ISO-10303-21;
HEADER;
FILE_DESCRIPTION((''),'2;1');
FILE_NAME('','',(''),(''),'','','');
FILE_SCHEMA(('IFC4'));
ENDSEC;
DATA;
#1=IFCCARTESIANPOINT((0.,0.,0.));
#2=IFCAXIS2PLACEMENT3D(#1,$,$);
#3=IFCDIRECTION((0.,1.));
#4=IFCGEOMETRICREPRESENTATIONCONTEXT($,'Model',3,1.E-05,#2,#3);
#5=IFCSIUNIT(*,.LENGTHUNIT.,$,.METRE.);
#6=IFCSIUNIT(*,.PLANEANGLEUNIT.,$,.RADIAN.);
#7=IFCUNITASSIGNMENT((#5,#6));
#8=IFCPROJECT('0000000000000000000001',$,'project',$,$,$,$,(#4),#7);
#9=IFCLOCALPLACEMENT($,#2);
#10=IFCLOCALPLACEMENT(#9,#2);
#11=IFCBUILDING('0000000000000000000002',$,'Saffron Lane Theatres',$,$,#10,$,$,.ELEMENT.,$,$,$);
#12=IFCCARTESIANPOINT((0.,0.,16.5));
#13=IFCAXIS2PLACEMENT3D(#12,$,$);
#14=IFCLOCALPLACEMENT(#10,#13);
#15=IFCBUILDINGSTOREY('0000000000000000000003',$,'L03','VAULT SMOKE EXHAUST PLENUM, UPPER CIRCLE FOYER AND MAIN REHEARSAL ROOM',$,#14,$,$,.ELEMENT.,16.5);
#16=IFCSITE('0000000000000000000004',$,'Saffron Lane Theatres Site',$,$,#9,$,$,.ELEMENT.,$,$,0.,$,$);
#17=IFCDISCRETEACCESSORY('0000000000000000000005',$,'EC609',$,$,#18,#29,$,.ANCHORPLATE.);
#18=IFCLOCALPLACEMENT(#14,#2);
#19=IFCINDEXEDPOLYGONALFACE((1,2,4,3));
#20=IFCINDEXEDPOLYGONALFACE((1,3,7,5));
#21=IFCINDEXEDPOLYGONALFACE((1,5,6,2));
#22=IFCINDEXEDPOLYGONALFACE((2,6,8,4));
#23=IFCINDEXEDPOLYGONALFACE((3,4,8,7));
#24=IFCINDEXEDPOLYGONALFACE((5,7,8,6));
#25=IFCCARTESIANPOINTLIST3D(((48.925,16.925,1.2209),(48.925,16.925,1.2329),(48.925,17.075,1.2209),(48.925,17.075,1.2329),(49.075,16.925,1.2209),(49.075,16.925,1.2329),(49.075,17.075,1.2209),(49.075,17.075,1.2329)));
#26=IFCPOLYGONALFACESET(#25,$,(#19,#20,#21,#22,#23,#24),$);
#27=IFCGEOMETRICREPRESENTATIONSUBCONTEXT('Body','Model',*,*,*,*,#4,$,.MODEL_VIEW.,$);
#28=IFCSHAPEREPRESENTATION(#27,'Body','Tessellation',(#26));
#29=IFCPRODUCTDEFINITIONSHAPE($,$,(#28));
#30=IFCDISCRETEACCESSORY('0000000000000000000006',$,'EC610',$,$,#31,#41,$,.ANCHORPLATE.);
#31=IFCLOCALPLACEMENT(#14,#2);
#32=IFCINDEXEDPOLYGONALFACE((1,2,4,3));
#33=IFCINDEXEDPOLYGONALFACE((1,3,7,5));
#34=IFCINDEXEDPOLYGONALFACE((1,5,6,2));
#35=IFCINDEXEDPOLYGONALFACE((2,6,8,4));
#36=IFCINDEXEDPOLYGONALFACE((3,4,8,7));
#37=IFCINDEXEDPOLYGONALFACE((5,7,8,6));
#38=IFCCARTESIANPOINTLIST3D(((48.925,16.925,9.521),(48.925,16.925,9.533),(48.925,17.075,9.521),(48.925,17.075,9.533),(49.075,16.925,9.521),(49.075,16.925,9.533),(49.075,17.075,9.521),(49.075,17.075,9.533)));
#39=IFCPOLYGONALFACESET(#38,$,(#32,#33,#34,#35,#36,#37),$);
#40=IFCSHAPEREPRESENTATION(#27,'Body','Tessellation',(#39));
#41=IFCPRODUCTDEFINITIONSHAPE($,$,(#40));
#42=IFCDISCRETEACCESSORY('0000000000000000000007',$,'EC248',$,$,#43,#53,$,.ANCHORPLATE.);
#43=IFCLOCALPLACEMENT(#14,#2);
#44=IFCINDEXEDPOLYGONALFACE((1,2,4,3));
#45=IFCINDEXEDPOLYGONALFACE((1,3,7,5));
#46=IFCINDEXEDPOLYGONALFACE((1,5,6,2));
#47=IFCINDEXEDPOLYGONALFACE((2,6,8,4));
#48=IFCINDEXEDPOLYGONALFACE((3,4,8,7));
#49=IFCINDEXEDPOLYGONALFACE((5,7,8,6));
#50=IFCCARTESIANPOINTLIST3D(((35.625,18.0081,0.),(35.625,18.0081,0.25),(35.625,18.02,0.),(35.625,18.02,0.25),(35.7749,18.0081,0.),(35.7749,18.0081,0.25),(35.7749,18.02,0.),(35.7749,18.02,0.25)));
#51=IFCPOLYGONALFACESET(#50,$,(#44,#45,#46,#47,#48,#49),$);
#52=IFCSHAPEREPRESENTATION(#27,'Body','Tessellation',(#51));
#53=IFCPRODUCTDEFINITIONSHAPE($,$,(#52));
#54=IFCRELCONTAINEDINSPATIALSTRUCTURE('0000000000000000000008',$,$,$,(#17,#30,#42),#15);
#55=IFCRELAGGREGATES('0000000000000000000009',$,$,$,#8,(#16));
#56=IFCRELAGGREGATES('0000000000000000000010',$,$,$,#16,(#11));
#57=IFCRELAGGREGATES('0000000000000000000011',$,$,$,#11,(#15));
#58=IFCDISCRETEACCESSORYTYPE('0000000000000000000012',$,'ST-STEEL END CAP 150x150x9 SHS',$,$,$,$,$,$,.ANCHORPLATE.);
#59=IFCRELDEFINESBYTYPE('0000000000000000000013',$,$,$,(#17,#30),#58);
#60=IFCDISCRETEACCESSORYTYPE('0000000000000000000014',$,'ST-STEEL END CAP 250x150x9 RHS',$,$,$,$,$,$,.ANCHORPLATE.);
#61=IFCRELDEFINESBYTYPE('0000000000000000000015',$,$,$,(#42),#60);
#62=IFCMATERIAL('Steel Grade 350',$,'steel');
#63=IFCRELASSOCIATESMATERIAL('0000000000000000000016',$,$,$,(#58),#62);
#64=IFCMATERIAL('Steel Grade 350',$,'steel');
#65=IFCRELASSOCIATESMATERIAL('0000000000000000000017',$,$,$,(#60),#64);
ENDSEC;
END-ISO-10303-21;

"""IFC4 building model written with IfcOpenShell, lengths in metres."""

from ifc_helpers import new_model, si_unit, direction, frame, origin, origin_2d, place, context, subcontext, project, spatial, rectangle, extrude, material, material_profile, profile_set, type_object, element, save


model = new_model("IFC4")

# Units and contexts
model_context = context("Model", 3, precision=1e-05, world=origin(), true_north=direction((0.0, 1.0)))
body_context = subcontext(model_context, "Body", "Model", "MODEL_VIEW")
ifc_project = project(units=[si_unit("LENGTHUNIT", "METRE"), si_unit("PLANEANGLEUNIT", "RADIAN")], contexts=[model_context])

# Site, building, storey
site_placement = place(None, origin())
site = spatial("IfcSite", under=ifc_project, at=site_placement, Name="Saffron Lane Theatres Site", CompositionType="ELEMENT", RefElevation=0.0)
building_placement = place(site_placement, origin())
building = spatial("IfcBuilding", under=site, at=building_placement, Name="Saffron Lane Theatres", CompositionType="ELEMENT")
storey_placement = place(building_placement, frame((0.0, 0.0, 16.5)))
storey = spatial("IfcBuildingStorey", under=building, at=storey_placement, Name="L03", Description="VAULT SMOKE EXHAUST PLENUM, UPPER CIRCLE FOYER AND MAIN REHEARSAL ROOM", CompositionType="ELEMENT", Elevation=16.5)

# Discrete accessories
ifc_material_1 = material(Name="Steel Grade 350", Category="steel")
ifc_material_profile_1 = material_profile(ifc_material_1, rectangle(XDim=0.1499, YDim=0.1499, at=origin_2d()))
ifc_profile_set_1 = profile_set([ifc_material_profile_1], Name="Steel Grade 350")
discrete_accessory_type_1 = type_object("IfcDiscreteAccessoryType", Name="ST-STEEL END CAP 150x150x9 SHS", PredefinedType="ANCHORPLATE", material=ifc_profile_set_1)
for number, where, z_axis, x_axis, name in (
    (1, (49.0, 17.0, 1.2209), (0.0, 0.0, 1.0), (1.0, 0.0, 0.0), "EC609"),
    (2, (49.0, 17.0, 9.521), (0.0, 0.0, 1.0), (1.0, 0.0, 0.0), "EC610"),
):
    element("IfcDiscreteAccessory", number, at=place(storey_placement, frame(where, z_axis=z_axis, x_axis=x_axis)), inside=storey, type_object=discrete_accessory_type_1, Name=name, PredefinedType="ANCHORPLATE", context=body_context, shape_type="SweptSolid", body=[
        extrude(rectangle(XDim=0.1499, YDim=0.1499, at=origin_2d()), origin(), (0.0, 0.0, 1.0), 0.012),
    ])
ifc_material_2 = material(Name="Steel Grade 350", Category="steel")
ifc_material_profile_2 = material_profile(ifc_material_2, rectangle(XDim=0.1499, YDim=0.25, at=origin_2d()))
ifc_profile_set_2 = profile_set([ifc_material_profile_2], Name="Steel Grade 350")
discrete_accessory_type_2 = type_object("IfcDiscreteAccessoryType", Name="ST-STEEL END CAP 250x150x9 RHS", PredefinedType="ANCHORPLATE", material=ifc_profile_set_2)
discrete_accessory_placement = place(storey_placement, frame((35.7, 18.0081, 0.125), z_axis=(0.0, 1.0, 0.0), x_axis=(-1.0, 0.0, 0.0)))
element("IfcDiscreteAccessory", 3, at=discrete_accessory_placement, inside=storey, type_object=discrete_accessory_type_2, Name="EC248", PredefinedType="ANCHORPLATE", context=body_context, shape_type="SweptSolid", body=[
    extrude(rectangle(XDim=0.1499, YDim=0.25, at=origin_2d()), origin(), (0.0, 0.0, 1.0), 0.012),
])

save(model, "model.ifc")
